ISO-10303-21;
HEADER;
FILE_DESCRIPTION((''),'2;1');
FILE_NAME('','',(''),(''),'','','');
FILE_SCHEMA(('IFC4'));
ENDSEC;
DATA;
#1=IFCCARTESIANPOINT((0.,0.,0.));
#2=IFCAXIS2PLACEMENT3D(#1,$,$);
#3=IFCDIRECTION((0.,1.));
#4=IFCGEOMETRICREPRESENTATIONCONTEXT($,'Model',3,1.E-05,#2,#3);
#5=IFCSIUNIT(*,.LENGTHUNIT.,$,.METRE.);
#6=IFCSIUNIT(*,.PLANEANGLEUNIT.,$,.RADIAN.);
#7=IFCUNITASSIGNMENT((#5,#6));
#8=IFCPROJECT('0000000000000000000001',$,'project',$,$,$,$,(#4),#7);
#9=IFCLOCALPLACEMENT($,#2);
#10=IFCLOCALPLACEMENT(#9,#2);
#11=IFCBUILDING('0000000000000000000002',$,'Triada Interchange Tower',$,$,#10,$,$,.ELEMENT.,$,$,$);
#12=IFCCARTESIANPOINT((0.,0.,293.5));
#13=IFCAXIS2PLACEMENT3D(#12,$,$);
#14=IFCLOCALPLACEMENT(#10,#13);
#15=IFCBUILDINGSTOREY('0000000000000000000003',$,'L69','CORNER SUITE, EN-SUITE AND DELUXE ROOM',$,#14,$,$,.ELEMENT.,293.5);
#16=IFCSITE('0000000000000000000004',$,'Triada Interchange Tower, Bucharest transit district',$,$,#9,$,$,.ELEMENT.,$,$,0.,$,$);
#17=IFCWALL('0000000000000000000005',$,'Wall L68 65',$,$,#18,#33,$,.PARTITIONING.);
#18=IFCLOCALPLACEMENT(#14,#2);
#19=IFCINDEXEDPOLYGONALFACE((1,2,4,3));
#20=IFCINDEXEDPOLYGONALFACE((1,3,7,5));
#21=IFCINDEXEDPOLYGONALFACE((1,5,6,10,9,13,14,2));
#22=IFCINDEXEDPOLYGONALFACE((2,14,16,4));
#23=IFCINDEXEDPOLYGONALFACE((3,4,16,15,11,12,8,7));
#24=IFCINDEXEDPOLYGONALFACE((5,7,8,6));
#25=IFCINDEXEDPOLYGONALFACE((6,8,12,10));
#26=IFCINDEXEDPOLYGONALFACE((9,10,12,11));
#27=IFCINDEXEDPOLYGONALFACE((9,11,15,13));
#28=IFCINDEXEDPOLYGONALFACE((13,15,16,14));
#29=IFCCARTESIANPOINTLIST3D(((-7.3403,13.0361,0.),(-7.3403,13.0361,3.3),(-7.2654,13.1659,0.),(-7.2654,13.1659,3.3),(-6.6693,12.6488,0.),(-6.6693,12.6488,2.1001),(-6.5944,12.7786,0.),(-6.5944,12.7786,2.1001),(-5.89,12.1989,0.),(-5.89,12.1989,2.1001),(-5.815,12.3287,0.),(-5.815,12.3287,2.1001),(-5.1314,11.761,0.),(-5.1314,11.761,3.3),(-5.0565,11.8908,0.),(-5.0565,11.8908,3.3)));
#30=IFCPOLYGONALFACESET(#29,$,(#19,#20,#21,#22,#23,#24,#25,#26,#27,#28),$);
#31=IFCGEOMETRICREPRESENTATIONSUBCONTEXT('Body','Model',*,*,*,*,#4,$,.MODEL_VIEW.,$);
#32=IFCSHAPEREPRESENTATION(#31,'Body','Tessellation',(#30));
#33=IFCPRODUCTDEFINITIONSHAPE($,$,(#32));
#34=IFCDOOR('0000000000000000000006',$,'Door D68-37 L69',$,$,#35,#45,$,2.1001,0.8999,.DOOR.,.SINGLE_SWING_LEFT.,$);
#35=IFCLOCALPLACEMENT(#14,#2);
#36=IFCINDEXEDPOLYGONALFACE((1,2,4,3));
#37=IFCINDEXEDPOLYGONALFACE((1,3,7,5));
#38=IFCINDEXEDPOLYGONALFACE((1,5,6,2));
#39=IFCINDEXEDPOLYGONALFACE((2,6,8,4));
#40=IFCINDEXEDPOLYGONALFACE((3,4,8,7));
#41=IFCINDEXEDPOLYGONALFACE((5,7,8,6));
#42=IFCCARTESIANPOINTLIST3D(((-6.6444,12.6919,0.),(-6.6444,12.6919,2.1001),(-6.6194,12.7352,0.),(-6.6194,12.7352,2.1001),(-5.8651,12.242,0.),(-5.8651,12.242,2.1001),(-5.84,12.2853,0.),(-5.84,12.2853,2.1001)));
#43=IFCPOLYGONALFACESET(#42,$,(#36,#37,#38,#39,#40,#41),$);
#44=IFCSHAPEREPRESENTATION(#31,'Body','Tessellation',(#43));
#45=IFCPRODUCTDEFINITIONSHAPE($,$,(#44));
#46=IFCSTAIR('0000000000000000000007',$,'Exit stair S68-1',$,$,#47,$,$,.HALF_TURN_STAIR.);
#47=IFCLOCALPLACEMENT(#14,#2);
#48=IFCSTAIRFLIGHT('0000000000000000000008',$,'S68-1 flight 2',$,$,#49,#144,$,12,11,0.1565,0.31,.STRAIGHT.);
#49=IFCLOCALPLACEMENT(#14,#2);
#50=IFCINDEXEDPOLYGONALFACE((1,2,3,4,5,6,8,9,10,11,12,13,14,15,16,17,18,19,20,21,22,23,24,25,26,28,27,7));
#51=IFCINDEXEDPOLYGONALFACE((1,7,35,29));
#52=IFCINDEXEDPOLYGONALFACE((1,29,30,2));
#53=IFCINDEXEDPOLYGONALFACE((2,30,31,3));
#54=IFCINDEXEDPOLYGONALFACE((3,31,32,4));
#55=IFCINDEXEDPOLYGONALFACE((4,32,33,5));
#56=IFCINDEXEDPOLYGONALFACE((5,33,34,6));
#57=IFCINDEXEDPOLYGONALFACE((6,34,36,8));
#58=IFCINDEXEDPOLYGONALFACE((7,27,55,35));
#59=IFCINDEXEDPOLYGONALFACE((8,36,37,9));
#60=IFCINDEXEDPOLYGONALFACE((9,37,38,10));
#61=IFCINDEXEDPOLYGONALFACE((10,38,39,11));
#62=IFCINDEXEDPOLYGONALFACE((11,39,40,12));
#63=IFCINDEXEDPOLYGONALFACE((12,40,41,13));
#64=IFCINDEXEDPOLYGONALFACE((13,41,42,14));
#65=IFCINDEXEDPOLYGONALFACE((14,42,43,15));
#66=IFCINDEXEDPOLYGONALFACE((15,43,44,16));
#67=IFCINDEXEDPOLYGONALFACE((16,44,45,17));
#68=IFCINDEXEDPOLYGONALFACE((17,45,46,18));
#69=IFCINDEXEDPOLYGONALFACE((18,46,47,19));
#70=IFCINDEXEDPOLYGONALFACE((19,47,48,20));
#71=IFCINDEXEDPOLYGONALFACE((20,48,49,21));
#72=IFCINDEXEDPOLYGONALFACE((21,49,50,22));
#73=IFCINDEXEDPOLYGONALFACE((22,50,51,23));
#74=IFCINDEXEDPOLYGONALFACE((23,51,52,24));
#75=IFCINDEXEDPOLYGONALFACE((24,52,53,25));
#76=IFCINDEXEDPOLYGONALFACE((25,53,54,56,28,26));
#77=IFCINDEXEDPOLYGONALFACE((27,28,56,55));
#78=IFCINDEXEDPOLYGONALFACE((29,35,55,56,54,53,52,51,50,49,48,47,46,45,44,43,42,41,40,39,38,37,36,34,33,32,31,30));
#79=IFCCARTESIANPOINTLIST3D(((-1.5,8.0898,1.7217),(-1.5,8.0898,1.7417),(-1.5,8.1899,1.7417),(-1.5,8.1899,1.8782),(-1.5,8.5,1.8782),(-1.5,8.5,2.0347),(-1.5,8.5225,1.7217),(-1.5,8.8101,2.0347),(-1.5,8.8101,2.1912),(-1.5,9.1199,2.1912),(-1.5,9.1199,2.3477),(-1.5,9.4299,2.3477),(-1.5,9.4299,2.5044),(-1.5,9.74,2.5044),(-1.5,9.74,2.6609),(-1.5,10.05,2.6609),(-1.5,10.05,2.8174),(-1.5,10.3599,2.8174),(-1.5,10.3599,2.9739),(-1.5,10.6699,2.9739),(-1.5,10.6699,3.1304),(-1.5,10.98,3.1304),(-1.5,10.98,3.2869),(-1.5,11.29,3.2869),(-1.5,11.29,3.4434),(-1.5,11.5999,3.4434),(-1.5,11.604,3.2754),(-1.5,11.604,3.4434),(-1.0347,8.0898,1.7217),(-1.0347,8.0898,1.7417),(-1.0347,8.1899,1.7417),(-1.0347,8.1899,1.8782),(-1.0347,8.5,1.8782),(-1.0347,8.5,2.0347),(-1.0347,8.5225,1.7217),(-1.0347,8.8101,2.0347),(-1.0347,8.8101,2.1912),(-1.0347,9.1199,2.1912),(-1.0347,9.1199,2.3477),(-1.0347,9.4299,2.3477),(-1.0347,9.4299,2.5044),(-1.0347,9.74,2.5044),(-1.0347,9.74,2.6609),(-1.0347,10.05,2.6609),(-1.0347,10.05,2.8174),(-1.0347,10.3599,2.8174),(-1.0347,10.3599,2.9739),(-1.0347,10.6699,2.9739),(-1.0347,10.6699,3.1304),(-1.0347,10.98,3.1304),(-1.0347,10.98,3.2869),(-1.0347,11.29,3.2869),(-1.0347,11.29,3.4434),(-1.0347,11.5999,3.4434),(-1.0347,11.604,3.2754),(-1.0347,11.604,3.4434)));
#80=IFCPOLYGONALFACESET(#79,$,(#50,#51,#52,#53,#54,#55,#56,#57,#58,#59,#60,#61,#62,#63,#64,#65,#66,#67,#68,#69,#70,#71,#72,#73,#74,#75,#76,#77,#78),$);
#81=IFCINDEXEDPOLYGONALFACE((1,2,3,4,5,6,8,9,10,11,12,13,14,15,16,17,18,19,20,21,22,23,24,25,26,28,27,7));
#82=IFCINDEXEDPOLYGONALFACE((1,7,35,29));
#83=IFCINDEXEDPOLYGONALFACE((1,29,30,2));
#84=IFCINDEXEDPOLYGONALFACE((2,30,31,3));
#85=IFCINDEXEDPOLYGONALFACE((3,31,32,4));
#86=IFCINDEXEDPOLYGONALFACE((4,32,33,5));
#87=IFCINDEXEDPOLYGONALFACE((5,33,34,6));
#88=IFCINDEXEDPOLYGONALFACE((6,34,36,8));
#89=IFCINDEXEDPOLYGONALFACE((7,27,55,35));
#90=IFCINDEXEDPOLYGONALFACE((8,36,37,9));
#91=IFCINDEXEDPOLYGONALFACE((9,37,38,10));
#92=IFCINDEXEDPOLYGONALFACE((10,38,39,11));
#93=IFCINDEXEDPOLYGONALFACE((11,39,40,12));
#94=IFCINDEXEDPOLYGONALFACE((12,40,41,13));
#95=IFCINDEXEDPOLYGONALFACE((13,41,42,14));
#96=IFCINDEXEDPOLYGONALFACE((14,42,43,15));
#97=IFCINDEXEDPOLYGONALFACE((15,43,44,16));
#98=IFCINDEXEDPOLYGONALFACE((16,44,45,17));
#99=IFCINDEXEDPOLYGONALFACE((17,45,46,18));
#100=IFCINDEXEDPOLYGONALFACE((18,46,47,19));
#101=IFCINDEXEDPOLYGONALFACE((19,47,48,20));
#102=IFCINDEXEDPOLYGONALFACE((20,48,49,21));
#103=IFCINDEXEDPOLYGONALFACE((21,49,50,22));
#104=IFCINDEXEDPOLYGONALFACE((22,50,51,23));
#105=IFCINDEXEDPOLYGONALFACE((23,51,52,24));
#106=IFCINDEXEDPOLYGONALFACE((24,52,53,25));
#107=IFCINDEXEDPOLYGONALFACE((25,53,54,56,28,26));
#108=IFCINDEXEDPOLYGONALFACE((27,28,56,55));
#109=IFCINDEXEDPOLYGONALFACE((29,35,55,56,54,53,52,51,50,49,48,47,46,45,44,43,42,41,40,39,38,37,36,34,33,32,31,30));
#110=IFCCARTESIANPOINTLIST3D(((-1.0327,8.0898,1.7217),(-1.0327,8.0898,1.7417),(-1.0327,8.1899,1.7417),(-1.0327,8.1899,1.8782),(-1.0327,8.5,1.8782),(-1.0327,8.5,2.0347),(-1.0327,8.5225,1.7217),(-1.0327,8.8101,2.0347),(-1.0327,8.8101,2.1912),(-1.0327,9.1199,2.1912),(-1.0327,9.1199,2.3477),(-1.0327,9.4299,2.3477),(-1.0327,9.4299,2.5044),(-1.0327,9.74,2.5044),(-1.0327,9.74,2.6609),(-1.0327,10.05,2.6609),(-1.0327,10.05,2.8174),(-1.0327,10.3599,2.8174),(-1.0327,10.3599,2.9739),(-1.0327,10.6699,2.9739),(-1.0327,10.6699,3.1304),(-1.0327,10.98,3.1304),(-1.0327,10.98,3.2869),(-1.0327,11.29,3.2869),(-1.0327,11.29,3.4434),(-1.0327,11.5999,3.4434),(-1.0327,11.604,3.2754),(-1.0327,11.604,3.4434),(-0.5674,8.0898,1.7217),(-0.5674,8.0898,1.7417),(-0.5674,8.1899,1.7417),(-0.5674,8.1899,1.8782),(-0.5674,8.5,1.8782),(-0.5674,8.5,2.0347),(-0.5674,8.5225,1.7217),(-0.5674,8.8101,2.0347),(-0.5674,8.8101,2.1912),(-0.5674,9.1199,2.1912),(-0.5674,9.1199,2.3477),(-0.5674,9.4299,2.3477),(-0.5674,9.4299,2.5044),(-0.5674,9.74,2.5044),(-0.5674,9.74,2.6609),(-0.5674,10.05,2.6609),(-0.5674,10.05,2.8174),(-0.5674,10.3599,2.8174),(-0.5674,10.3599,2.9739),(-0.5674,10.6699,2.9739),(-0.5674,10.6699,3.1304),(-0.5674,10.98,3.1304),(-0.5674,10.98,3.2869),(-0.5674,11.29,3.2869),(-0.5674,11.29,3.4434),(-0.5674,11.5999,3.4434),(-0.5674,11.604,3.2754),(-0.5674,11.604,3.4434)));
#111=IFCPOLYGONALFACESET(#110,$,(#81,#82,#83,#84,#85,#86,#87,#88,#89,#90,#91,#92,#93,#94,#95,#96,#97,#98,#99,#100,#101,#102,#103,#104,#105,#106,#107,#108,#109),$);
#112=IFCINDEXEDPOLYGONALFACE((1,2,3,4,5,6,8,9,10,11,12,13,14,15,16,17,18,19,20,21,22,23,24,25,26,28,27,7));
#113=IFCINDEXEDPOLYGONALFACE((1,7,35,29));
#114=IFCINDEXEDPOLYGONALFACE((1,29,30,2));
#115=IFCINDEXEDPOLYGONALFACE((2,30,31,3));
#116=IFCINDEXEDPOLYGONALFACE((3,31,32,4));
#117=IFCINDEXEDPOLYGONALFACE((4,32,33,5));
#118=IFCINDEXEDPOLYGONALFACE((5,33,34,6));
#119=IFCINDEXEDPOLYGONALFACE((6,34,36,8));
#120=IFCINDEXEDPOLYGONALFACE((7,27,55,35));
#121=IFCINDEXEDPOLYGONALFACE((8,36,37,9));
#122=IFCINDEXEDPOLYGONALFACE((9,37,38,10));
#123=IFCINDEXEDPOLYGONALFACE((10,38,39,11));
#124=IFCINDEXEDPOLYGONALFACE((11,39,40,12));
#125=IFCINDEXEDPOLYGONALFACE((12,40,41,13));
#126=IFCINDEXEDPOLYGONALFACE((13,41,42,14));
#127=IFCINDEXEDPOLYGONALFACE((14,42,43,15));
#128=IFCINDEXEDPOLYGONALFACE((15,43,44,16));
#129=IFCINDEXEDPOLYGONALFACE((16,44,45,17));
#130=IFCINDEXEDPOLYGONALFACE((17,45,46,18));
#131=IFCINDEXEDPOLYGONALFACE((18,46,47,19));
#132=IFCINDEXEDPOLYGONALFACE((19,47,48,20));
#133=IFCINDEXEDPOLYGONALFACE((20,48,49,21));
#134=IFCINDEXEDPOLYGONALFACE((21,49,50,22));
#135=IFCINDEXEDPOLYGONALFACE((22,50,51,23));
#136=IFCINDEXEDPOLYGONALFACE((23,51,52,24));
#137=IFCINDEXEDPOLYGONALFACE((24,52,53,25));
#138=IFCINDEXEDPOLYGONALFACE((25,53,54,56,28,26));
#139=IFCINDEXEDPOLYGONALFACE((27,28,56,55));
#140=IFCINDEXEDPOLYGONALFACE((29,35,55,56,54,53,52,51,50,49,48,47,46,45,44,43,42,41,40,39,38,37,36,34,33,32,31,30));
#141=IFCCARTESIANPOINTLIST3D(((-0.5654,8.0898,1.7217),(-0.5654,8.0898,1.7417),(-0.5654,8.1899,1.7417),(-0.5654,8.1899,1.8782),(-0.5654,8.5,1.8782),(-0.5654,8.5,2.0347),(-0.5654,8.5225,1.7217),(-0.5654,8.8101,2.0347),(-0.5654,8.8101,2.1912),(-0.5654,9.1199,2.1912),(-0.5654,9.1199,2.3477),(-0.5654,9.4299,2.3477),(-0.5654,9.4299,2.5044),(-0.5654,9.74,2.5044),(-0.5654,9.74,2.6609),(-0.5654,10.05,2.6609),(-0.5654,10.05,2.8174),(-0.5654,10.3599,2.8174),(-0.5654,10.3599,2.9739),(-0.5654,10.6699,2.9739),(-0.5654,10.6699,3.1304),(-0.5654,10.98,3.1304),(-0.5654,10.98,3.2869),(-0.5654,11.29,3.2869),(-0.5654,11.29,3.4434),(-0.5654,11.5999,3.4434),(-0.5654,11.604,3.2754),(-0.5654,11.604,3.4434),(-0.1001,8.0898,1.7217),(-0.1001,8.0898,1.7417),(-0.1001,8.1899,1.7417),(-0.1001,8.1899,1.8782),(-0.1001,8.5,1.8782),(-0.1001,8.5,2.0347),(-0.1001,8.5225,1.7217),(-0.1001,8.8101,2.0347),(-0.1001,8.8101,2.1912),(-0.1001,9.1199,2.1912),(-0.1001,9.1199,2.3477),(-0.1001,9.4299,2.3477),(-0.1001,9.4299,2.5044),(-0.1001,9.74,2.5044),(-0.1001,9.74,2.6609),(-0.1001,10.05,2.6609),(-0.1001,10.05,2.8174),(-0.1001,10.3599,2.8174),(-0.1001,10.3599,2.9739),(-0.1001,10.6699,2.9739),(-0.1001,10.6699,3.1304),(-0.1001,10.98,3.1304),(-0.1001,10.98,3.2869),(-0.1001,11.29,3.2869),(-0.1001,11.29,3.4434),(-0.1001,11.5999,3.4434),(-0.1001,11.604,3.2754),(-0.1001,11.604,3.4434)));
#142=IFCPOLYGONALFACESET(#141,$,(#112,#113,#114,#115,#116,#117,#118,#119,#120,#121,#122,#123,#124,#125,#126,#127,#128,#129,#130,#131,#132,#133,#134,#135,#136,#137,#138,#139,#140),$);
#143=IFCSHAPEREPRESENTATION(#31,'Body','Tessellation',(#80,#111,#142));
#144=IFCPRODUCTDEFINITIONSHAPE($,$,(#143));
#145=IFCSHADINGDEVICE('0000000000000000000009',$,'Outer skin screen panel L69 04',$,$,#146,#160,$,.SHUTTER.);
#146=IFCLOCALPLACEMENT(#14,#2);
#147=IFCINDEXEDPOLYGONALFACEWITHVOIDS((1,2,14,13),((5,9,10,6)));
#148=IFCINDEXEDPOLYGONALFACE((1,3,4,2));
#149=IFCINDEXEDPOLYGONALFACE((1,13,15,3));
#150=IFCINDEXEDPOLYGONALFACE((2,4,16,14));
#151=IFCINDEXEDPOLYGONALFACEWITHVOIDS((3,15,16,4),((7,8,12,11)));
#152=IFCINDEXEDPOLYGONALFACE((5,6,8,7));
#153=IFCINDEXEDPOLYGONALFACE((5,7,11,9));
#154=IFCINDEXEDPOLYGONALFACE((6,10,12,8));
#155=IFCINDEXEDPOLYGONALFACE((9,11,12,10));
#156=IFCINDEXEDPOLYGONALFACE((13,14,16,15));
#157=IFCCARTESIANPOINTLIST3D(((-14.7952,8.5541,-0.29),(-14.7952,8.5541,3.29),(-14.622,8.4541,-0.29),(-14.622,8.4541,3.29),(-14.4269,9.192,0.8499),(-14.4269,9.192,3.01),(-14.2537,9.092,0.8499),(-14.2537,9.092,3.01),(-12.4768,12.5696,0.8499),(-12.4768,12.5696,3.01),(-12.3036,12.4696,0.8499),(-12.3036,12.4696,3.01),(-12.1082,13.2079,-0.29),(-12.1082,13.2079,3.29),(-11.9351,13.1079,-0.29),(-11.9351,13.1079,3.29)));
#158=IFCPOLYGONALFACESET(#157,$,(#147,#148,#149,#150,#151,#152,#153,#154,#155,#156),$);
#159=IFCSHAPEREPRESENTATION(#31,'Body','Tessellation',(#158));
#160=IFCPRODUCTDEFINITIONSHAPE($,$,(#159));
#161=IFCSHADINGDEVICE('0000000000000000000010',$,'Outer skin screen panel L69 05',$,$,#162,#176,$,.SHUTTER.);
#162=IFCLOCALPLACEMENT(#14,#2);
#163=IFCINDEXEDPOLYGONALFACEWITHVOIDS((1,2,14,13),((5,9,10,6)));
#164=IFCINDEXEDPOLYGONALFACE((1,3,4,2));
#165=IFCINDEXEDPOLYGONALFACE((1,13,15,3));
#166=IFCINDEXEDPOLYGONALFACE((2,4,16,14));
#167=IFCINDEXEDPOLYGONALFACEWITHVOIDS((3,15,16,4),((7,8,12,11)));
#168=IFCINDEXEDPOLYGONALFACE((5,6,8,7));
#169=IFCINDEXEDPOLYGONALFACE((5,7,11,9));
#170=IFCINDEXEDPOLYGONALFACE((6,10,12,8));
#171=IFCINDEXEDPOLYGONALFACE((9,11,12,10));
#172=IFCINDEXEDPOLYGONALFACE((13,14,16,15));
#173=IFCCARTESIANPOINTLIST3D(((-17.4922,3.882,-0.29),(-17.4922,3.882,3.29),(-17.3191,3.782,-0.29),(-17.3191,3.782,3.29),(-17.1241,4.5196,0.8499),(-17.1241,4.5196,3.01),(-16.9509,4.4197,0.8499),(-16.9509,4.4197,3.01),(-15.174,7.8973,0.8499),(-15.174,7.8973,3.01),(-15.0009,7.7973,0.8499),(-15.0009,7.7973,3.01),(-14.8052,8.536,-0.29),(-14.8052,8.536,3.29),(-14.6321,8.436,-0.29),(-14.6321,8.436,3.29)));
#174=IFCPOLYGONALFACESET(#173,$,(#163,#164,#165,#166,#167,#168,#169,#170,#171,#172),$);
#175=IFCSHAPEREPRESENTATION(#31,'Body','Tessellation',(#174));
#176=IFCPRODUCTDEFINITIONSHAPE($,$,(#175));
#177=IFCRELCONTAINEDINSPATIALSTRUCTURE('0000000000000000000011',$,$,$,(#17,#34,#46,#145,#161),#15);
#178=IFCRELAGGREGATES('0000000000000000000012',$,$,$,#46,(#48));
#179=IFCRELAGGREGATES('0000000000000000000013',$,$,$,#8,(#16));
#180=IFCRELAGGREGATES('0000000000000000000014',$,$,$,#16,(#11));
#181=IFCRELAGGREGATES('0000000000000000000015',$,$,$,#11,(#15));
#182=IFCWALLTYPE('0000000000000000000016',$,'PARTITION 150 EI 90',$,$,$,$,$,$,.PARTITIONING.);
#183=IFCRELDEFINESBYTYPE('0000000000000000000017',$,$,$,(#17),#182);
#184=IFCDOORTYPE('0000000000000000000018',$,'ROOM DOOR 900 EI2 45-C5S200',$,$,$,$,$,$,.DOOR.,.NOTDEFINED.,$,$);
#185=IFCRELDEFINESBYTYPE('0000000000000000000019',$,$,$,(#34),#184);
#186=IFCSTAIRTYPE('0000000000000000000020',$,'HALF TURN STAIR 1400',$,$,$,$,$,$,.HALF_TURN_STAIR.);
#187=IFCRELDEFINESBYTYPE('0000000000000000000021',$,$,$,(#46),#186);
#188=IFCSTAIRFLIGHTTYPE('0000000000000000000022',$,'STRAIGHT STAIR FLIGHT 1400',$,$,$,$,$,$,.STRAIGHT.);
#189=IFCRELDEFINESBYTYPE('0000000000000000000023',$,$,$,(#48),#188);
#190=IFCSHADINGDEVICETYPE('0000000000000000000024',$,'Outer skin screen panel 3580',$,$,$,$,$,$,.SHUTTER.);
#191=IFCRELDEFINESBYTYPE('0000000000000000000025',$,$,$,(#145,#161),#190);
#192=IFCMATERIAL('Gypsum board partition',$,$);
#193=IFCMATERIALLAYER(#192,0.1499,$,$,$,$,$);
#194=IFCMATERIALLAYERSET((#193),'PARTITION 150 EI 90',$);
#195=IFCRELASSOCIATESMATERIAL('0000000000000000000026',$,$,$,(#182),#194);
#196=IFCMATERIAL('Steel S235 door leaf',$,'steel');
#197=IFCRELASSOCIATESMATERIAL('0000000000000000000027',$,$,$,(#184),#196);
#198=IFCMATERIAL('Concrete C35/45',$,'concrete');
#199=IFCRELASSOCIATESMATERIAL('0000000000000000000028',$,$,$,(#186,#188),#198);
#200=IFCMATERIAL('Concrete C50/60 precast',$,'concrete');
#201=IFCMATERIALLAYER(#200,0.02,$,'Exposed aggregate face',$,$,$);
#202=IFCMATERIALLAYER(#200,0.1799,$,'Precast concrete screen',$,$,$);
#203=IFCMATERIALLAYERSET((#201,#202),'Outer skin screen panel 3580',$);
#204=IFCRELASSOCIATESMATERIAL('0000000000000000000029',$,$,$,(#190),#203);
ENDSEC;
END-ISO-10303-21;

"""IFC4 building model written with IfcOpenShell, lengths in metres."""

from ifc_helpers import new_model, si_unit, direction, frame, frame_2d, origin, place, context, subcontext, project, spatial, polyline, rectangle, outline, extrude, material, layer, layer_set, type_object, element, fill, aggregate, save


model = new_model("IFC4")

# Units and contexts
model_context = context("Model", 3, precision=1e-05, world=origin(), true_north=direction((0.0, 1.0)))
body_context = subcontext(model_context, "Body", "Model", "MODEL_VIEW")
ifc_project = project(units=[si_unit("LENGTHUNIT", "METRE"), si_unit("PLANEANGLEUNIT", "RADIAN")], contexts=[model_context])

# Site, building, storey
site_placement = place(None, origin())
site = spatial("IfcSite", under=ifc_project, at=site_placement, Name="Triada Interchange Tower, Bucharest transit district", CompositionType="ELEMENT", RefElevation=0.0)
building_placement = place(site_placement, origin())
building = spatial("IfcBuilding", under=site, at=building_placement, Name="Triada Interchange Tower", CompositionType="ELEMENT")
storey_placement = place(building_placement, frame((0.0, 0.0, 293.5)))
storey = spatial("IfcBuildingStorey", under=building, at=storey_placement, Name="L69", Description="CORNER SUITE, EN-SUITE AND DELUXE ROOM", CompositionType="ELEMENT", Elevation=293.5)

# Shared definitions
ifc_material_1 = material(Name="Steel S235 door leaf", Category="steel")

# Shared definitions
ifc_material_2 = material(Name="Gypsum board partition")
ifc_layer_1 = layer(ifc_material_2, 0.1499)
ifc_layer_set_1 = layer_set([ifc_layer_1], Name="PARTITION 150 EI 90")
wall_type_1 = type_object("IfcWallType", Name="PARTITION 150 EI 90", PredefinedType="PARTITIONING", material=ifc_layer_set_1)

# Shared definitions
door_type_1 = type_object("IfcDoorType", Name="ROOM DOOR 900 EI2 45-C5S200", OperationType="NOTDEFINED", PredefinedType="DOOR", material=ifc_material_1)

# Wall, opening, door
wall_1_placement = place(storey_placement, frame((-7.303, 13.1011, 0.0), z_axis=(0.0, 0.0, 1.0), x_axis=(0.866061, -0.499938, 0.0)))
wall_1 = element("IfcWall", 1, at=wall_1_placement, inside=storey, type_object=wall_type_1, Name="Wall L68 65", PredefinedType="PARTITIONING", context=body_context, shape_type="SweptSolid", body=[
    extrude(rectangle(XDim=2.5505, YDim=0.1499, at=frame_2d((1.2754, 0.0))), origin(), (0.0, 0.0, 1.0), 3.3),
])
opening_1_placement = place(wall_1_placement, frame((0.7749, 0.0, 0.0)))
opening_1 = element("IfcOpeningElement", 2, at=opening_1_placement, cuts=wall_1, PredefinedType="OPENING", context=body_context, shape_type="SweptSolid", body=[
    extrude(rectangle(XDim=0.8999, YDim=2.1001, at=frame_2d((0.45, 1.05))), frame((0.0, 0.085, 0.0), z_axis=(0.0, -1.0, 0.0), x_axis=(1.0, 0.0, 0.0)), (0.0, 0.0, 1.0), 0.1699),
])
door_1_placement = place(opening_1_placement, origin())
door_1 = element("IfcDoor", 3, at=door_1_placement, inside=storey, type_object=door_type_1, Name="Door D68-37 L69", OperationType="SINGLE_SWING_LEFT", OverallHeight=2.1001, OverallWidth=0.8999, PredefinedType="DOOR", context=body_context, shape_type="SweptSolid", body=[
    extrude(rectangle(XDim=0.8999, YDim=2.1001, at=frame_2d((0.45, 1.05))), frame((0.0, 0.0249, 0.0), z_axis=(0.0, -1.0, 0.0), x_axis=(1.0, 0.0, 0.0)), (0.0, 0.0, 1.0), 0.05),
])
fill(opening_1, door_1)

# Stair, stair flight
ifc_material_3 = material(Name="Concrete C35/45", Category="concrete")
stair_type = type_object("IfcStairType", Name="HALF TURN STAIR 1400", PredefinedType="HALF_TURN_STAIR", material=ifc_material_3)
stair_placement = place(storey_placement, origin())
stair = element("IfcStair", 4, at=stair_placement, inside=storey, type_object=stair_type, Name="Exit stair S68-1", PredefinedType="HALF_TURN_STAIR")
stair_flight_type = type_object("IfcStairFlightType", Name="STRAIGHT STAIR FLIGHT 1400", PredefinedType="STRAIGHT", material=ifc_material_3)
stair_flight_placement = place(storey_placement, frame((-0.8, 8.1899, 1.7217), z_axis=(0.0, 0.0, 1.0), x_axis=(0.0, 1.0, 0.0)))
stair_flight = element("IfcStairFlight", 5, at=stair_flight_placement, type_object=stair_flight_type, Name="S68-1 flight 2", NumberOfRisers=12, NumberOfTreads=11, PredefinedType="STRAIGHT", RiserHeight=0.1565, TreadLength=0.31, context=body_context, shape_type="SweptSolid", body=[
    extrude(outline(polyline([(-0.1001, 0.0), (-0.1001, 0.02), (0.0, 0.02), (0.0, 0.1565), (0.3101, 0.1565), (0.3101, 0.313), (0.6201, 0.313), (0.6201, 0.4695), (0.9299, 0.4695), (0.9299, 0.626), (1.24, 0.626), (1.24, 0.7827), (1.55, 0.7827), (1.55, 0.9392), (1.8601, 0.9392), (1.8601, 1.0957), (2.1699, 1.0957), (2.1699, 1.2522), (2.48, 1.2522), (2.48, 1.4087), (2.79, 1.4087), (2.79, 1.5652), (3.1001, 1.5652), (3.1001, 1.7217), (3.4099, 1.7217), (3.4141, 1.7217), (3.4141, 1.8782), (3.4141, 1.5537), (0.3325, 0.0), (-0.1001, 0.0)])), frame((0.0, 0.7, 0.0), z_axis=(0.0, -1.0, 0.0), x_axis=(1.0, 0.0, 0.0)), (0.0, 0.0, 1.0), 0.4653),
    extrude(outline(polyline([(-0.1001, 0.0), (-0.1001, 0.02), (0.0, 0.02), (0.0, 0.1565), (0.3101, 0.1565), (0.3101, 0.313), (0.6201, 0.313), (0.6201, 0.4695), (0.9299, 0.4695), (0.9299, 0.626), (1.24, 0.626), (1.24, 0.7827), (1.55, 0.7827), (1.55, 0.9392), (1.8601, 0.9392), (1.8601, 1.0957), (2.1699, 1.0957), (2.1699, 1.2522), (2.48, 1.2522), (2.48, 1.4087), (2.79, 1.4087), (2.79, 1.5652), (3.1001, 1.5652), (3.1001, 1.7217), (3.4099, 1.7217), (3.4141, 1.7217), (3.4141, 1.8782), (3.4141, 1.5537), (0.3325, 0.0), (-0.1001, 0.0)])), frame((0.0, 0.2327, 0.0), z_axis=(0.0, -1.0, 0.0), x_axis=(1.0, 0.0, 0.0)), (0.0, 0.0, 1.0), 0.4653),
    extrude(outline(polyline([(-0.1001, 0.0), (-0.1001, 0.02), (0.0, 0.02), (0.0, 0.1565), (0.3101, 0.1565), (0.3101, 0.313), (0.6201, 0.313), (0.6201, 0.4695), (0.9299, 0.4695), (0.9299, 0.626), (1.24, 0.626), (1.24, 0.7827), (1.55, 0.7827), (1.55, 0.9392), (1.8601, 0.9392), (1.8601, 1.0957), (2.1699, 1.0957), (2.1699, 1.2522), (2.48, 1.2522), (2.48, 1.4087), (2.79, 1.4087), (2.79, 1.5652), (3.1001, 1.5652), (3.1001, 1.7217), (3.4099, 1.7217), (3.4141, 1.7217), (3.4141, 1.8782), (3.4141, 1.5537), (0.3325, 0.0), (-0.1001, 0.0)])), frame((0.0, -0.2346, 0.0), z_axis=(0.0, -1.0, 0.0), x_axis=(1.0, 0.0, 0.0)), (0.0, 0.0, 1.0), 0.4653),
])

# Shading devices
ifc_material_4 = material(Name="Concrete C50/60 precast", Category="concrete")
ifc_layer_2 = layer(ifc_material_4, 0.02, Name="Exposed aggregate face")
ifc_layer_3 = layer(ifc_material_4, 0.1799, Name="Precast concrete screen")
ifc_layer_set_2 = layer_set([ifc_layer_2, ifc_layer_3], Name="Outer skin screen panel 3580")
shading_device_type = type_object("IfcShadingDeviceType", Name="Outer skin screen panel 3580", PredefinedType="SHUTTER", material=ifc_layer_set_2)
shading_device_1_placement = place(storey_placement, frame((-11.9351, 13.1079, -0.29), z_axis=(0.0, 0.0, 1.0), x_axis=(-0.500019, -0.866015, 0.0)))
element("IfcShadingDevice", 6, at=shading_device_1_placement, inside=storey, type_object=shading_device_type, Name="Outer skin screen panel L69 04", PredefinedType="SHUTTER", context=body_context, shape_type="SweptSolid", body=[
    extrude(outline(polyline([(0.0, 0.0), (5.3738, 0.0), (5.3738, 3.5801), (0.0, 3.5801), (0.0, 0.0)]), holes=[polyline([(0.7371, 1.1399), (0.7371, 3.3), (4.6372, 3.3), (4.6372, 1.1399), (0.7371, 1.1399)])]), frame((0.0, 0.0, 0.0), z_axis=(0.0, -1.0, 0.0), x_axis=(1.0, 0.0, 0.0)), (0.0, 0.0, 1.0), 0.2),
])
shading_device_2_placement = place(storey_placement, frame((-14.6321, 8.436, -0.29), z_axis=(0.0, 0.0, 1.0), x_axis=(-0.499999, -0.866026, 0.0)))
element("IfcShadingDevice", 7, at=shading_device_2_placement, inside=storey, type_object=shading_device_type, Name="Outer skin screen panel L69 05", PredefinedType="SHUTTER", context=body_context, shape_type="SweptSolid", body=[
    extrude(outline(polyline([(0.0, 0.0), (5.374, 0.0), (5.374, 3.5801), (0.0, 3.5801), (0.0, 0.0)]), holes=[polyline([(0.7375, 1.1399), (0.7375, 3.3), (4.6377, 3.3), (4.6377, 1.1399), (0.7375, 1.1399)])]), frame((0.0, 0.0, 0.0), z_axis=(0.0, -1.0, 0.0), x_axis=(1.0, 0.0, 0.0)), (0.0, 0.0, 1.0), 0.2),
])

aggregate(stair, [stair_flight])

save(model, "model.ifc")
